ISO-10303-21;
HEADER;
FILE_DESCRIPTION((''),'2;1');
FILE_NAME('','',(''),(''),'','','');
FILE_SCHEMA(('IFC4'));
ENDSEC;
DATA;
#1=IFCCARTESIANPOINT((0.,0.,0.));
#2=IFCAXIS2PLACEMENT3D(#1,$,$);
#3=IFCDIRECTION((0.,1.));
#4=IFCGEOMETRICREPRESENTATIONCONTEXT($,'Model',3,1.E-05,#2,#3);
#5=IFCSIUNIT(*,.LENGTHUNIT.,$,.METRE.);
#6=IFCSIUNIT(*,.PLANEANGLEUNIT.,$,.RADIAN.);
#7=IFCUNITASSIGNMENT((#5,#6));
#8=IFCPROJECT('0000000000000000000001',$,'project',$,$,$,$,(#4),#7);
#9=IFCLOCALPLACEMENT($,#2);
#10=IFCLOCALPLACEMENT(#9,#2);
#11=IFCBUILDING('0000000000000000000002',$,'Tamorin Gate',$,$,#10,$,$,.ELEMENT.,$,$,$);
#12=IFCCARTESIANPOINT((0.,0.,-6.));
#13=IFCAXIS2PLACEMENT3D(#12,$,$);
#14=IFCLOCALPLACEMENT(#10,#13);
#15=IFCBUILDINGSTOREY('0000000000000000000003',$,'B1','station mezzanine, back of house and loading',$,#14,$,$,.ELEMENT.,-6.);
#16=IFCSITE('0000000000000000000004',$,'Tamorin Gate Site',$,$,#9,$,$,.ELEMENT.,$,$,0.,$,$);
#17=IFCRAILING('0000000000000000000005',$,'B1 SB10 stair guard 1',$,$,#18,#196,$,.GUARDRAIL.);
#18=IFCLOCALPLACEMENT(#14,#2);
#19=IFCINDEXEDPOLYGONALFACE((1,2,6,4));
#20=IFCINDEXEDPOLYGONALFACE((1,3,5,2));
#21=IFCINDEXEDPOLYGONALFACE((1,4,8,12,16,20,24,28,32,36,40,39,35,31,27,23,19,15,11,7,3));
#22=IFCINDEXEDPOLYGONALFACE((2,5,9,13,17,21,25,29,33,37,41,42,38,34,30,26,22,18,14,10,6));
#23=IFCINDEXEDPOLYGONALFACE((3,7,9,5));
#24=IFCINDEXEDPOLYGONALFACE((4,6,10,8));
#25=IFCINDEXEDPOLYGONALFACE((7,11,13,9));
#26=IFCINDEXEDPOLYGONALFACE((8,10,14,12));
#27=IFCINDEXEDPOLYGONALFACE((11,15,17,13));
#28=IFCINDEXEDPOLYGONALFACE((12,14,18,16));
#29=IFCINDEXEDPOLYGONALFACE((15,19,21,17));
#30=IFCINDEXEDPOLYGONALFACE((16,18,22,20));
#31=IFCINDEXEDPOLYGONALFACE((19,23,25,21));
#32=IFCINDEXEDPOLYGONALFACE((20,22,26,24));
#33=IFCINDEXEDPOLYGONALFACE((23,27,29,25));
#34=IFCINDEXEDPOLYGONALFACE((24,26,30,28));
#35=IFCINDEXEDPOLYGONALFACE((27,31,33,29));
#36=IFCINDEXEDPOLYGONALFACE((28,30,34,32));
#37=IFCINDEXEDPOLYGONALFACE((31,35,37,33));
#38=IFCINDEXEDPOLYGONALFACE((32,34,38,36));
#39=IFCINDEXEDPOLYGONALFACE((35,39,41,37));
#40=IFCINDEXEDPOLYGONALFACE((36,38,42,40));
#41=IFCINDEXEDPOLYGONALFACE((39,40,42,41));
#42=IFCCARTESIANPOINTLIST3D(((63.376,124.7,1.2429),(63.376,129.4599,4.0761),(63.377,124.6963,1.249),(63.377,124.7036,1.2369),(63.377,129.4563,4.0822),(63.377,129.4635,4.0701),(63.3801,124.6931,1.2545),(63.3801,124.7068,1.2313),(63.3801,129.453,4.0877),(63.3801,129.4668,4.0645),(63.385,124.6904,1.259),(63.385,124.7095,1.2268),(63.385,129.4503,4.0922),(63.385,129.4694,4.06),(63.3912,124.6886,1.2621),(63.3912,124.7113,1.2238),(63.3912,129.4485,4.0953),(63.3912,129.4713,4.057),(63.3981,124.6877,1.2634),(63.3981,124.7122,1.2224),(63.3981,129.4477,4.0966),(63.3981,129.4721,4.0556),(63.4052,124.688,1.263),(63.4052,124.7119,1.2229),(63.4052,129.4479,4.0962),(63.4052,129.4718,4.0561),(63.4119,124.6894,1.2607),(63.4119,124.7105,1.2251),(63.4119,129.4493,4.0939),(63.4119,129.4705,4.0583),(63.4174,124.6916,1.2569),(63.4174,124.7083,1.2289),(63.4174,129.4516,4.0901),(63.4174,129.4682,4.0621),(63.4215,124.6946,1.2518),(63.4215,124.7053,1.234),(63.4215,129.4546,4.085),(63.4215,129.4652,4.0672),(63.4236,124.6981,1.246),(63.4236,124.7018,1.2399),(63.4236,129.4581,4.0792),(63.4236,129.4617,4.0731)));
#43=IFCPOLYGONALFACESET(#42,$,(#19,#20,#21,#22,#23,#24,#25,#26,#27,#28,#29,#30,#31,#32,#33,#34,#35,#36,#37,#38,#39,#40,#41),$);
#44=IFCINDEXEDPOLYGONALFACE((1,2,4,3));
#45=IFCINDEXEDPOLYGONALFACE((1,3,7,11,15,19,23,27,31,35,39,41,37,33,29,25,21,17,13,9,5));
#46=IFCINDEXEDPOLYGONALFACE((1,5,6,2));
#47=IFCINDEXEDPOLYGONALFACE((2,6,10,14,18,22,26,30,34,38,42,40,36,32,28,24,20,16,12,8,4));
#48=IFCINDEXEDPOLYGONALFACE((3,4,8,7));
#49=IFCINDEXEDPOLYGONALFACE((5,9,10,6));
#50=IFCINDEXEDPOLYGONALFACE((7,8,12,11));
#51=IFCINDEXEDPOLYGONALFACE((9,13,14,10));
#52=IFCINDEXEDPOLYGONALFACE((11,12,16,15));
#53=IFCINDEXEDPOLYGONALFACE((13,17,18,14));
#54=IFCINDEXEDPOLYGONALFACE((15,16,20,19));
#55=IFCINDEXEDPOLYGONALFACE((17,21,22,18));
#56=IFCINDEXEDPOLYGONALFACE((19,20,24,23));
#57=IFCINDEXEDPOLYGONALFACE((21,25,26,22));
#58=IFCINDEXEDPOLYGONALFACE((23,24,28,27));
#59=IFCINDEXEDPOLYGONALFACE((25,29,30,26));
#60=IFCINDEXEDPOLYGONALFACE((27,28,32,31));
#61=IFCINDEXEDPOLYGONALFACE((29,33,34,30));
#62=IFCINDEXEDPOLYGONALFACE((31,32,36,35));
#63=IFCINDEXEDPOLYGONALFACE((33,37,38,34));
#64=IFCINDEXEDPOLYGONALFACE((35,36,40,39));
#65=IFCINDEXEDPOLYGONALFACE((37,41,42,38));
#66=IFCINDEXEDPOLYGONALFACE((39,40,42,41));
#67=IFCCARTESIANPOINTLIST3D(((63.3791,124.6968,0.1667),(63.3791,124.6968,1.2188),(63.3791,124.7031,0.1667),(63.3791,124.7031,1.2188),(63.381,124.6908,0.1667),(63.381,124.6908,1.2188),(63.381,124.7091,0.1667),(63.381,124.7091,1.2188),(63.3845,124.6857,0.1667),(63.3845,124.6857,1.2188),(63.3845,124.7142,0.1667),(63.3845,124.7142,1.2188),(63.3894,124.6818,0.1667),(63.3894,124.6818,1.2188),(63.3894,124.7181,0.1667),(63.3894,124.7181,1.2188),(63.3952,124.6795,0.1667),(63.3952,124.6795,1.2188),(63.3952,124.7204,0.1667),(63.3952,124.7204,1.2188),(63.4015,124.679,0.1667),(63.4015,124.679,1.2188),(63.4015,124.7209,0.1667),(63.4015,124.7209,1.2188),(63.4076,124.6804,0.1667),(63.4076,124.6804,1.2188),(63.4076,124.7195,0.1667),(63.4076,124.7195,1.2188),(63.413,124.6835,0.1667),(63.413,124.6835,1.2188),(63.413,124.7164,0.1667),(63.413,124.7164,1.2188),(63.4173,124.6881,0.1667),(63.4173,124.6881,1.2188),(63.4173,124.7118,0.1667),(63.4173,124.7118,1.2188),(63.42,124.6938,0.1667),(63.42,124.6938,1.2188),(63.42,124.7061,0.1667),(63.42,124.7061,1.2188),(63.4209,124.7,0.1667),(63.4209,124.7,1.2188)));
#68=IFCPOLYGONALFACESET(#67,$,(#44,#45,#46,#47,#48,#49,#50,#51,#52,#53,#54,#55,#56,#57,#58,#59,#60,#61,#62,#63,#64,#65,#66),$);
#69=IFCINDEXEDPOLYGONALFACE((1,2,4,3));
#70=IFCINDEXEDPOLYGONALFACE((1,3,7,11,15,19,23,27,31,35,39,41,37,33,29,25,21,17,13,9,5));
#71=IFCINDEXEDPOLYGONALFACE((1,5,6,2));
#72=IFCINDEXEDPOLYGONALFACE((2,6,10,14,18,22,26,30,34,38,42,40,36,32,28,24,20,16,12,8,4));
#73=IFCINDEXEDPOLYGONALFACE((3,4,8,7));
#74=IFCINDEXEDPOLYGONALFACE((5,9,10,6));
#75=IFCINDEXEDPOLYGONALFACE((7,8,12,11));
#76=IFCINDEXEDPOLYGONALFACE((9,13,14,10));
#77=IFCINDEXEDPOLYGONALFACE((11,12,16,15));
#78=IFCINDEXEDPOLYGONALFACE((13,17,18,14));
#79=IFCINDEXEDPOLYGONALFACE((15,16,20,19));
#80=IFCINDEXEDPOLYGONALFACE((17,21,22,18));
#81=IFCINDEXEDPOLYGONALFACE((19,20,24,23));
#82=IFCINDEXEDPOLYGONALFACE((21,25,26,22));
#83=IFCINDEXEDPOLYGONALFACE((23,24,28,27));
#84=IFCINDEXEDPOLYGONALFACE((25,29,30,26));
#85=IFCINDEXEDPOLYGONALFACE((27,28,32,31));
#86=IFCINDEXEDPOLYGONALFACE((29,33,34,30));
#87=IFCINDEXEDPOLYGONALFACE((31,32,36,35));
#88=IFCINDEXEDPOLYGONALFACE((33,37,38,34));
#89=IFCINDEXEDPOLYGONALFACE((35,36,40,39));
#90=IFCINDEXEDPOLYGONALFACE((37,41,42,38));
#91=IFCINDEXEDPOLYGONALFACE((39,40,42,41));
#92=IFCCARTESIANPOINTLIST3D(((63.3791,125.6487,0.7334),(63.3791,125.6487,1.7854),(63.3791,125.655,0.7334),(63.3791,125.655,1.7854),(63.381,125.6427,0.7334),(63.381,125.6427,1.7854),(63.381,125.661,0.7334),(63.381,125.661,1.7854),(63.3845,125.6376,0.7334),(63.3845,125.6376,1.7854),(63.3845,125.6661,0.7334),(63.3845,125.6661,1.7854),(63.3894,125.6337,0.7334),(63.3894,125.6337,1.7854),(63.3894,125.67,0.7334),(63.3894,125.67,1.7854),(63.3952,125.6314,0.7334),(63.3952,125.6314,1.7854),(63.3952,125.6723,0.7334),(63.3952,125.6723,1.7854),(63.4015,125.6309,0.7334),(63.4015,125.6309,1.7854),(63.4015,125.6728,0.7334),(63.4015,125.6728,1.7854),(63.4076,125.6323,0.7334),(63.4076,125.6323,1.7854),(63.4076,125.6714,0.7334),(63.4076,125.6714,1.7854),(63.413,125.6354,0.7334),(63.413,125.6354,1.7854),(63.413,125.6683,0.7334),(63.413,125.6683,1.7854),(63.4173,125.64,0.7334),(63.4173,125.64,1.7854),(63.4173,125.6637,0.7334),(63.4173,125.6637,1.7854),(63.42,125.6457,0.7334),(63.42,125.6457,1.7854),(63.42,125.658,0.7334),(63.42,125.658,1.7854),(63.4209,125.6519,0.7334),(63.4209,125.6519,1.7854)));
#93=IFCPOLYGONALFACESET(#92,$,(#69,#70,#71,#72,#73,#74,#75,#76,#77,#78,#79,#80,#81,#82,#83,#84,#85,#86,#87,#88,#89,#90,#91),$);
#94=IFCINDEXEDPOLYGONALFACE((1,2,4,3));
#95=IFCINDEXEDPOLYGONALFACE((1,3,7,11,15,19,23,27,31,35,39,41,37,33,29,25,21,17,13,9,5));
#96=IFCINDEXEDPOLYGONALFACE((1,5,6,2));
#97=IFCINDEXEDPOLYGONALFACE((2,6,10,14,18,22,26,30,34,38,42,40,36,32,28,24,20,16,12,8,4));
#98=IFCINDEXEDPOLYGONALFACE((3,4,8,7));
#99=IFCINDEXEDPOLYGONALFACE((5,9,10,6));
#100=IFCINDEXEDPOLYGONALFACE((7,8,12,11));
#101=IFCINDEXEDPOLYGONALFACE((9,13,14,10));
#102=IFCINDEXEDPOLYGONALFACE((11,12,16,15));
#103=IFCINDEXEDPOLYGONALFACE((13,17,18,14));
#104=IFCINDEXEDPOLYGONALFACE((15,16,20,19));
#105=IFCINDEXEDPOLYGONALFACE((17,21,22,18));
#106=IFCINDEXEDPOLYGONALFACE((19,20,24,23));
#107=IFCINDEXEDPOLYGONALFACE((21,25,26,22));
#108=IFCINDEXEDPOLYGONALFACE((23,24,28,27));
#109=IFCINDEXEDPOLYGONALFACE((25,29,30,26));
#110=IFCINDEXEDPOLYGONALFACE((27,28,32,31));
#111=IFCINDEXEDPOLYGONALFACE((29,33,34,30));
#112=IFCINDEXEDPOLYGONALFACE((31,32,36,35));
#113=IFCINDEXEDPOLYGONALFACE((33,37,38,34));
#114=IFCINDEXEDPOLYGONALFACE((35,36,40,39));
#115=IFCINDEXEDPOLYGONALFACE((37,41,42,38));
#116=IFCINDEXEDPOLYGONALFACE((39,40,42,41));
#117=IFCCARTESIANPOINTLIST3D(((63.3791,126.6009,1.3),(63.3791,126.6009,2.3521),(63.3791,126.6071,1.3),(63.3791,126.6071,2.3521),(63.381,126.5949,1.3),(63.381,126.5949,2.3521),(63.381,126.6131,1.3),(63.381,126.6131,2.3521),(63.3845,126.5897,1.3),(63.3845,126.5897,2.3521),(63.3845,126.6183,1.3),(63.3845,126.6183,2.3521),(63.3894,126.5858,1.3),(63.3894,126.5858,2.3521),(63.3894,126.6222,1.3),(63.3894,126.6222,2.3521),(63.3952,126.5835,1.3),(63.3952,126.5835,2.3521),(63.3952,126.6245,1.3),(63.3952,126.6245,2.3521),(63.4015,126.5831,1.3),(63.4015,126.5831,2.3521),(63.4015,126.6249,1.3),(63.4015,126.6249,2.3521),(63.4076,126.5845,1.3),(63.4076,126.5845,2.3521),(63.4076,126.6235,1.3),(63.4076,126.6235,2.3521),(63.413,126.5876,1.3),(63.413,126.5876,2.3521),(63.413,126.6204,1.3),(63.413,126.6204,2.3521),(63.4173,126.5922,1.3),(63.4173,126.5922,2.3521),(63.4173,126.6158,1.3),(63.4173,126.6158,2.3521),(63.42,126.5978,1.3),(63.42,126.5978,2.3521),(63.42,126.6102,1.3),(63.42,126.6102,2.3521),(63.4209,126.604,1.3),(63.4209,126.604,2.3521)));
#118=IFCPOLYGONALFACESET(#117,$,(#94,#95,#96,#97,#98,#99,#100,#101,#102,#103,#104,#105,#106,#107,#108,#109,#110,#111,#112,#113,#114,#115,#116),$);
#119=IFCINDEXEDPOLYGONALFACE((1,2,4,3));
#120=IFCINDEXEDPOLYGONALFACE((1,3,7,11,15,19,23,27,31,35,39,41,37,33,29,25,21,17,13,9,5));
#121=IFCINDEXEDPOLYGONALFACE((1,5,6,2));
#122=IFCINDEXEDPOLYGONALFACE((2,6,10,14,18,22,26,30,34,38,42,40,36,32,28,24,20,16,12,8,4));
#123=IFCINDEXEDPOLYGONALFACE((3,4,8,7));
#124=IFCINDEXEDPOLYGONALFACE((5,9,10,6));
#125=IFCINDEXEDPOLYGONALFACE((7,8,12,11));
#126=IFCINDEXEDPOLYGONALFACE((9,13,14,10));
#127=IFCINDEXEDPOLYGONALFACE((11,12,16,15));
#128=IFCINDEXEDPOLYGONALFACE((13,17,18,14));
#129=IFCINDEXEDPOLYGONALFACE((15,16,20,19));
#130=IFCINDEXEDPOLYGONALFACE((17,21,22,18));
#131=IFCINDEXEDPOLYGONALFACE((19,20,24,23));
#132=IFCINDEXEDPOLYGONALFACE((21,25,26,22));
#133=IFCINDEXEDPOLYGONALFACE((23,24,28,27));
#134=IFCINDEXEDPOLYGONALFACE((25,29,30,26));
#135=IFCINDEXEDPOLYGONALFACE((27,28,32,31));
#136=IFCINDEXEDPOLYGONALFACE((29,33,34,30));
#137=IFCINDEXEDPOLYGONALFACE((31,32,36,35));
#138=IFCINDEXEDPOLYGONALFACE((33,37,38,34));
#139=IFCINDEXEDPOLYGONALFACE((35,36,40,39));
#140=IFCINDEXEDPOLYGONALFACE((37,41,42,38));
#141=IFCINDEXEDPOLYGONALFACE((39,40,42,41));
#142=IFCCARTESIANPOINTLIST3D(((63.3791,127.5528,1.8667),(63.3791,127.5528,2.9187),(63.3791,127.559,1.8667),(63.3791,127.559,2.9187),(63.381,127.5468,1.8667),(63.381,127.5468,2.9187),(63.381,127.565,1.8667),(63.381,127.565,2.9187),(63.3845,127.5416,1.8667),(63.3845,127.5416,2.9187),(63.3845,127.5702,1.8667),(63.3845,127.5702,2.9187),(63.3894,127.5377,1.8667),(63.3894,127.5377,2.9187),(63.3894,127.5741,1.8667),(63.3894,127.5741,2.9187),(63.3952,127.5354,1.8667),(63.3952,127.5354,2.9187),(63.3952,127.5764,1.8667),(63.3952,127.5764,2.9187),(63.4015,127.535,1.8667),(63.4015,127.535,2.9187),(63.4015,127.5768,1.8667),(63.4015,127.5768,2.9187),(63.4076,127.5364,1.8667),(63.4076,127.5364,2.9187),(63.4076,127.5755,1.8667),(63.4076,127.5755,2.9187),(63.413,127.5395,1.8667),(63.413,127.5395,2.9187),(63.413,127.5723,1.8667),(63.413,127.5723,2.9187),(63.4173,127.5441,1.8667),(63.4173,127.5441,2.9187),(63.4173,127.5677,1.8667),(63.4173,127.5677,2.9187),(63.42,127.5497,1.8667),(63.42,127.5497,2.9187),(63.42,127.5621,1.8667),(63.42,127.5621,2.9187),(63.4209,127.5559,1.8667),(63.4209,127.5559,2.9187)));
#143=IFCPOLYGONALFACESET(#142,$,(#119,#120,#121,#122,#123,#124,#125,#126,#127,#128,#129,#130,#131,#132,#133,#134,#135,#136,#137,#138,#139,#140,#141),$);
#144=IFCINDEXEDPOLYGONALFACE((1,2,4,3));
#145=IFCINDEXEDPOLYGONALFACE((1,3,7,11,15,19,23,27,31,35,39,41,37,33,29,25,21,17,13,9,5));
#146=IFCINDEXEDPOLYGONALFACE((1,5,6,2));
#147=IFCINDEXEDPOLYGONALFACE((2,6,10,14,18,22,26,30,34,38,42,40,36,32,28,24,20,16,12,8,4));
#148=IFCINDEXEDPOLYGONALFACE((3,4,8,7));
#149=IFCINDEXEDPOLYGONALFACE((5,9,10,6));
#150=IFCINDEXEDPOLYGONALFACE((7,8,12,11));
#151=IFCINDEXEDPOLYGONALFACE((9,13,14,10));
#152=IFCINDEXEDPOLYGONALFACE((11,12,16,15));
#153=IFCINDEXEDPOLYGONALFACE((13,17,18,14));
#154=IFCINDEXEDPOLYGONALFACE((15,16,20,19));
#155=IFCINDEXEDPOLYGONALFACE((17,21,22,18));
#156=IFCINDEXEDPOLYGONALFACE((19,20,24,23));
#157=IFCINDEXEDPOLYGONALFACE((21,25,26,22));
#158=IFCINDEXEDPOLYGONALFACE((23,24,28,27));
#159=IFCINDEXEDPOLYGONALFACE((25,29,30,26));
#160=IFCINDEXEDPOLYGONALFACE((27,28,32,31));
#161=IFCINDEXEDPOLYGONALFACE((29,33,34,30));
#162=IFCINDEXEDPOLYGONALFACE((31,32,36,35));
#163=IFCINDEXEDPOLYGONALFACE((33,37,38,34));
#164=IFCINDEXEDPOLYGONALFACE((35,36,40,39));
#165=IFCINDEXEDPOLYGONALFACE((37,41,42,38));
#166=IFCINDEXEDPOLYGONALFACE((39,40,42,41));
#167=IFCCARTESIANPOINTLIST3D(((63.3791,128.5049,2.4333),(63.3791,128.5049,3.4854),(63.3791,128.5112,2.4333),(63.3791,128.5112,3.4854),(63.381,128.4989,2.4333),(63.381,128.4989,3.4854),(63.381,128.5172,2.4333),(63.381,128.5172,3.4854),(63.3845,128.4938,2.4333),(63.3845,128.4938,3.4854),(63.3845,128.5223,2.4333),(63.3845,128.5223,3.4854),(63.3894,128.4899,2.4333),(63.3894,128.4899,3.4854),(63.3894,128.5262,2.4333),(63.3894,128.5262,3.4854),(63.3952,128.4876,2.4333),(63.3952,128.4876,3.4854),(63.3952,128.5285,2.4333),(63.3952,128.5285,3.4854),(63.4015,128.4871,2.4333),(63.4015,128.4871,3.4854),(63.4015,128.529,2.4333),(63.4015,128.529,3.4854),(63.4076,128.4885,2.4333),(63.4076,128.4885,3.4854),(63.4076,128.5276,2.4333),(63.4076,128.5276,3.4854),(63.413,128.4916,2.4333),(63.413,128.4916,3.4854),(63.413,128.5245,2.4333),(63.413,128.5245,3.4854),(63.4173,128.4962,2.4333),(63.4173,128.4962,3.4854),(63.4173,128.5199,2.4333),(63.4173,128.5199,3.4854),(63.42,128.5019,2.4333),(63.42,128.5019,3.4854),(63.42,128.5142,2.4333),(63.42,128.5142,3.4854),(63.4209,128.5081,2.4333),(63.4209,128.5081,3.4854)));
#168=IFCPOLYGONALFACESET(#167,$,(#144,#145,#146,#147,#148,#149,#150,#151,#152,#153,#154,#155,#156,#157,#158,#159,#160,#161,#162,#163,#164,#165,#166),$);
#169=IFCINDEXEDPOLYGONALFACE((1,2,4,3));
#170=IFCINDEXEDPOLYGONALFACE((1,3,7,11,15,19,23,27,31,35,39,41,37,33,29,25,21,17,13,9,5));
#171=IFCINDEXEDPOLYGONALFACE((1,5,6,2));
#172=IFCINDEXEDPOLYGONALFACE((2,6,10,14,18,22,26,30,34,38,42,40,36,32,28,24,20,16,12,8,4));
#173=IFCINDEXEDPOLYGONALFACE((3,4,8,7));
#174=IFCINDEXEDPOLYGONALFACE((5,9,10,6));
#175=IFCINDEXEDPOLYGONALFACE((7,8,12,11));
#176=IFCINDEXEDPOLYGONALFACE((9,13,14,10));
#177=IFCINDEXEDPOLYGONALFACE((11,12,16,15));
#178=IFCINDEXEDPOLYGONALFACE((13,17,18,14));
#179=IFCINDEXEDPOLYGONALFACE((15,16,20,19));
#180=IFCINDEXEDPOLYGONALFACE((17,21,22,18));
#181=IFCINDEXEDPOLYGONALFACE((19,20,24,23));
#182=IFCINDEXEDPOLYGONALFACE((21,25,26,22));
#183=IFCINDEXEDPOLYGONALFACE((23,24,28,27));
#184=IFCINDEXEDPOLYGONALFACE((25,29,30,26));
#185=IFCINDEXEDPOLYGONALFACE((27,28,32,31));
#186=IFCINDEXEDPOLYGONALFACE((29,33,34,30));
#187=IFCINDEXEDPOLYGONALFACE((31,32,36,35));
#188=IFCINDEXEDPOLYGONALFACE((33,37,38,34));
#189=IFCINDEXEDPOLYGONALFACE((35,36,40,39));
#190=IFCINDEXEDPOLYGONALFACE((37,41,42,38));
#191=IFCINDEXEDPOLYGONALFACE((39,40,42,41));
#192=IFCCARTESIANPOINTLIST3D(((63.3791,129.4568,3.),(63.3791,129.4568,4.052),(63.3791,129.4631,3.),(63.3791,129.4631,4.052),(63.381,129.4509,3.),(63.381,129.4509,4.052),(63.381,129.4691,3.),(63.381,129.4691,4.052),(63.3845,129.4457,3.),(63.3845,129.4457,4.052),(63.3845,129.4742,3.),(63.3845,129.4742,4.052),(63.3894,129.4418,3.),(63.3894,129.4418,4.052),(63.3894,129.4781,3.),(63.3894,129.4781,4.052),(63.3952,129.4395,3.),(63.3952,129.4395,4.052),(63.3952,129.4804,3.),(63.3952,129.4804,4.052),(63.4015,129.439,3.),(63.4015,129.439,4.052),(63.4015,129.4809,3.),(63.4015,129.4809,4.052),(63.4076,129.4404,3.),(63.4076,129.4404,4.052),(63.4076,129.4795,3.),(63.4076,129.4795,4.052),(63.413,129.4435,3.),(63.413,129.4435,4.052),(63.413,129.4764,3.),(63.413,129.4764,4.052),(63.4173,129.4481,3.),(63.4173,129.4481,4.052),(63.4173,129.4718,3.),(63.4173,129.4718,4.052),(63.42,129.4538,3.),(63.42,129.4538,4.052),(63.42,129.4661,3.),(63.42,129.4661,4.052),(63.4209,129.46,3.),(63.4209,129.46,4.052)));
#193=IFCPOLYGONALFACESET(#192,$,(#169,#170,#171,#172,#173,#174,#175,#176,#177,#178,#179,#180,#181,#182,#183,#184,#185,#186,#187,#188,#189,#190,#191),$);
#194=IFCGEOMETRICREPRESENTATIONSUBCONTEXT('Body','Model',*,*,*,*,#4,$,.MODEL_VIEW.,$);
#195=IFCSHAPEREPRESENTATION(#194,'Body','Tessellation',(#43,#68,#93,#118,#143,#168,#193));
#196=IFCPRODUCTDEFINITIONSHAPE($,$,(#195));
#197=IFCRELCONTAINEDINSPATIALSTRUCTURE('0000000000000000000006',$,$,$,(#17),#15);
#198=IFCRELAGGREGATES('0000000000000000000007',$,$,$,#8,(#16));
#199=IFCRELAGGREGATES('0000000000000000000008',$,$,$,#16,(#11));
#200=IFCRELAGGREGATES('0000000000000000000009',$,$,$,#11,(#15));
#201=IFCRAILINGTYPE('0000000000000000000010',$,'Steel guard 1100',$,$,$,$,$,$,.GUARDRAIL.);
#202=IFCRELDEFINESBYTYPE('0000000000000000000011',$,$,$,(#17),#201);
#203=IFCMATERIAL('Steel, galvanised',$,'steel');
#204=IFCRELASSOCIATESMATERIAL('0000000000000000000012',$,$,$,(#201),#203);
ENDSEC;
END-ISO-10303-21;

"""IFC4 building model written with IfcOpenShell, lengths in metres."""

from ifc_helpers import new_model, si_unit, direction, frame, origin, origin_2d, place, context, subcontext, project, spatial, circle, extrude, material, type_object, element, save


model = new_model("IFC4")

# Units and contexts
model_context = context("Model", 3, precision=1e-05, world=origin(), true_north=direction((0.0, 1.0)))
body_context = subcontext(model_context, "Body", "Model", "MODEL_VIEW")
ifc_project = project(units=[si_unit("LENGTHUNIT", "METRE"), si_unit("PLANEANGLEUNIT", "RADIAN")], contexts=[model_context])

# Site, building, storey
site_placement = place(None, origin())
site = spatial("IfcSite", under=ifc_project, at=site_placement, Name="Tamorin Gate Site", CompositionType="ELEMENT", RefElevation=0.0)
building_placement = place(site_placement, origin())
building = spatial("IfcBuilding", under=site, at=building_placement, Name="Tamorin Gate", CompositionType="ELEMENT")
storey_placement = place(building_placement, frame((0.0, 0.0, -6.0)))
storey = spatial("IfcBuildingStorey", under=building, at=storey_placement, Name="B1", Description="station mezzanine, back of house and loading", CompositionType="ELEMENT", Elevation=-6.0)

# Railing
ifc_material_1 = material(Name="Steel, galvanised", Category="steel")
railing_type_1 = type_object("IfcRailingType", Name="Steel guard 1100", PredefinedType="GUARDRAIL", material=ifc_material_1)
railing_1_placement = place(storey_placement, frame((63.3999, 124.7, 0.1667)))
element("IfcRailing", 1, at=railing_1_placement, inside=storey, type_object=railing_type_1, Name="B1 SB10 stair guard 1", PredefinedType="GUARDRAIL", context=body_context, shape_type="SweptSolid", body=[
    extrude(circle(Radius=0.0239, at=origin_2d()), frame((0.0, 0.0, 1.0762), z_axis=(0.0, 0.8593, 0.511472), x_axis=(-1.0, 0.0, 0.0)), (0.0, 0.0, 1.0), 5.5393),
    extrude(circle(Radius=0.021, at=origin_2d()), origin(), (0.0, 0.0, 1.0), 1.052),
    extrude(circle(Radius=0.021, at=origin_2d()), frame((0.0, 0.9519, 0.5667)), (0.0, 0.0, 1.0), 1.052),
    extrude(circle(Radius=0.021, at=origin_2d()), frame((0.0, 1.9041, 1.1333)), (0.0, 0.0, 1.0), 1.052),
    extrude(circle(Radius=0.021, at=origin_2d()), frame((0.0, 2.856, 1.7)), (0.0, 0.0, 1.0), 1.052),
    extrude(circle(Radius=0.021, at=origin_2d()), frame((0.0, 3.8081, 2.2666)), (0.0, 0.0, 1.0), 1.052),
    extrude(circle(Radius=0.021, at=origin_2d()), frame((0.0, 4.76, 2.8333)), (0.0, 0.0, 1.0), 1.052),
])

save(model, "model.ifc")
